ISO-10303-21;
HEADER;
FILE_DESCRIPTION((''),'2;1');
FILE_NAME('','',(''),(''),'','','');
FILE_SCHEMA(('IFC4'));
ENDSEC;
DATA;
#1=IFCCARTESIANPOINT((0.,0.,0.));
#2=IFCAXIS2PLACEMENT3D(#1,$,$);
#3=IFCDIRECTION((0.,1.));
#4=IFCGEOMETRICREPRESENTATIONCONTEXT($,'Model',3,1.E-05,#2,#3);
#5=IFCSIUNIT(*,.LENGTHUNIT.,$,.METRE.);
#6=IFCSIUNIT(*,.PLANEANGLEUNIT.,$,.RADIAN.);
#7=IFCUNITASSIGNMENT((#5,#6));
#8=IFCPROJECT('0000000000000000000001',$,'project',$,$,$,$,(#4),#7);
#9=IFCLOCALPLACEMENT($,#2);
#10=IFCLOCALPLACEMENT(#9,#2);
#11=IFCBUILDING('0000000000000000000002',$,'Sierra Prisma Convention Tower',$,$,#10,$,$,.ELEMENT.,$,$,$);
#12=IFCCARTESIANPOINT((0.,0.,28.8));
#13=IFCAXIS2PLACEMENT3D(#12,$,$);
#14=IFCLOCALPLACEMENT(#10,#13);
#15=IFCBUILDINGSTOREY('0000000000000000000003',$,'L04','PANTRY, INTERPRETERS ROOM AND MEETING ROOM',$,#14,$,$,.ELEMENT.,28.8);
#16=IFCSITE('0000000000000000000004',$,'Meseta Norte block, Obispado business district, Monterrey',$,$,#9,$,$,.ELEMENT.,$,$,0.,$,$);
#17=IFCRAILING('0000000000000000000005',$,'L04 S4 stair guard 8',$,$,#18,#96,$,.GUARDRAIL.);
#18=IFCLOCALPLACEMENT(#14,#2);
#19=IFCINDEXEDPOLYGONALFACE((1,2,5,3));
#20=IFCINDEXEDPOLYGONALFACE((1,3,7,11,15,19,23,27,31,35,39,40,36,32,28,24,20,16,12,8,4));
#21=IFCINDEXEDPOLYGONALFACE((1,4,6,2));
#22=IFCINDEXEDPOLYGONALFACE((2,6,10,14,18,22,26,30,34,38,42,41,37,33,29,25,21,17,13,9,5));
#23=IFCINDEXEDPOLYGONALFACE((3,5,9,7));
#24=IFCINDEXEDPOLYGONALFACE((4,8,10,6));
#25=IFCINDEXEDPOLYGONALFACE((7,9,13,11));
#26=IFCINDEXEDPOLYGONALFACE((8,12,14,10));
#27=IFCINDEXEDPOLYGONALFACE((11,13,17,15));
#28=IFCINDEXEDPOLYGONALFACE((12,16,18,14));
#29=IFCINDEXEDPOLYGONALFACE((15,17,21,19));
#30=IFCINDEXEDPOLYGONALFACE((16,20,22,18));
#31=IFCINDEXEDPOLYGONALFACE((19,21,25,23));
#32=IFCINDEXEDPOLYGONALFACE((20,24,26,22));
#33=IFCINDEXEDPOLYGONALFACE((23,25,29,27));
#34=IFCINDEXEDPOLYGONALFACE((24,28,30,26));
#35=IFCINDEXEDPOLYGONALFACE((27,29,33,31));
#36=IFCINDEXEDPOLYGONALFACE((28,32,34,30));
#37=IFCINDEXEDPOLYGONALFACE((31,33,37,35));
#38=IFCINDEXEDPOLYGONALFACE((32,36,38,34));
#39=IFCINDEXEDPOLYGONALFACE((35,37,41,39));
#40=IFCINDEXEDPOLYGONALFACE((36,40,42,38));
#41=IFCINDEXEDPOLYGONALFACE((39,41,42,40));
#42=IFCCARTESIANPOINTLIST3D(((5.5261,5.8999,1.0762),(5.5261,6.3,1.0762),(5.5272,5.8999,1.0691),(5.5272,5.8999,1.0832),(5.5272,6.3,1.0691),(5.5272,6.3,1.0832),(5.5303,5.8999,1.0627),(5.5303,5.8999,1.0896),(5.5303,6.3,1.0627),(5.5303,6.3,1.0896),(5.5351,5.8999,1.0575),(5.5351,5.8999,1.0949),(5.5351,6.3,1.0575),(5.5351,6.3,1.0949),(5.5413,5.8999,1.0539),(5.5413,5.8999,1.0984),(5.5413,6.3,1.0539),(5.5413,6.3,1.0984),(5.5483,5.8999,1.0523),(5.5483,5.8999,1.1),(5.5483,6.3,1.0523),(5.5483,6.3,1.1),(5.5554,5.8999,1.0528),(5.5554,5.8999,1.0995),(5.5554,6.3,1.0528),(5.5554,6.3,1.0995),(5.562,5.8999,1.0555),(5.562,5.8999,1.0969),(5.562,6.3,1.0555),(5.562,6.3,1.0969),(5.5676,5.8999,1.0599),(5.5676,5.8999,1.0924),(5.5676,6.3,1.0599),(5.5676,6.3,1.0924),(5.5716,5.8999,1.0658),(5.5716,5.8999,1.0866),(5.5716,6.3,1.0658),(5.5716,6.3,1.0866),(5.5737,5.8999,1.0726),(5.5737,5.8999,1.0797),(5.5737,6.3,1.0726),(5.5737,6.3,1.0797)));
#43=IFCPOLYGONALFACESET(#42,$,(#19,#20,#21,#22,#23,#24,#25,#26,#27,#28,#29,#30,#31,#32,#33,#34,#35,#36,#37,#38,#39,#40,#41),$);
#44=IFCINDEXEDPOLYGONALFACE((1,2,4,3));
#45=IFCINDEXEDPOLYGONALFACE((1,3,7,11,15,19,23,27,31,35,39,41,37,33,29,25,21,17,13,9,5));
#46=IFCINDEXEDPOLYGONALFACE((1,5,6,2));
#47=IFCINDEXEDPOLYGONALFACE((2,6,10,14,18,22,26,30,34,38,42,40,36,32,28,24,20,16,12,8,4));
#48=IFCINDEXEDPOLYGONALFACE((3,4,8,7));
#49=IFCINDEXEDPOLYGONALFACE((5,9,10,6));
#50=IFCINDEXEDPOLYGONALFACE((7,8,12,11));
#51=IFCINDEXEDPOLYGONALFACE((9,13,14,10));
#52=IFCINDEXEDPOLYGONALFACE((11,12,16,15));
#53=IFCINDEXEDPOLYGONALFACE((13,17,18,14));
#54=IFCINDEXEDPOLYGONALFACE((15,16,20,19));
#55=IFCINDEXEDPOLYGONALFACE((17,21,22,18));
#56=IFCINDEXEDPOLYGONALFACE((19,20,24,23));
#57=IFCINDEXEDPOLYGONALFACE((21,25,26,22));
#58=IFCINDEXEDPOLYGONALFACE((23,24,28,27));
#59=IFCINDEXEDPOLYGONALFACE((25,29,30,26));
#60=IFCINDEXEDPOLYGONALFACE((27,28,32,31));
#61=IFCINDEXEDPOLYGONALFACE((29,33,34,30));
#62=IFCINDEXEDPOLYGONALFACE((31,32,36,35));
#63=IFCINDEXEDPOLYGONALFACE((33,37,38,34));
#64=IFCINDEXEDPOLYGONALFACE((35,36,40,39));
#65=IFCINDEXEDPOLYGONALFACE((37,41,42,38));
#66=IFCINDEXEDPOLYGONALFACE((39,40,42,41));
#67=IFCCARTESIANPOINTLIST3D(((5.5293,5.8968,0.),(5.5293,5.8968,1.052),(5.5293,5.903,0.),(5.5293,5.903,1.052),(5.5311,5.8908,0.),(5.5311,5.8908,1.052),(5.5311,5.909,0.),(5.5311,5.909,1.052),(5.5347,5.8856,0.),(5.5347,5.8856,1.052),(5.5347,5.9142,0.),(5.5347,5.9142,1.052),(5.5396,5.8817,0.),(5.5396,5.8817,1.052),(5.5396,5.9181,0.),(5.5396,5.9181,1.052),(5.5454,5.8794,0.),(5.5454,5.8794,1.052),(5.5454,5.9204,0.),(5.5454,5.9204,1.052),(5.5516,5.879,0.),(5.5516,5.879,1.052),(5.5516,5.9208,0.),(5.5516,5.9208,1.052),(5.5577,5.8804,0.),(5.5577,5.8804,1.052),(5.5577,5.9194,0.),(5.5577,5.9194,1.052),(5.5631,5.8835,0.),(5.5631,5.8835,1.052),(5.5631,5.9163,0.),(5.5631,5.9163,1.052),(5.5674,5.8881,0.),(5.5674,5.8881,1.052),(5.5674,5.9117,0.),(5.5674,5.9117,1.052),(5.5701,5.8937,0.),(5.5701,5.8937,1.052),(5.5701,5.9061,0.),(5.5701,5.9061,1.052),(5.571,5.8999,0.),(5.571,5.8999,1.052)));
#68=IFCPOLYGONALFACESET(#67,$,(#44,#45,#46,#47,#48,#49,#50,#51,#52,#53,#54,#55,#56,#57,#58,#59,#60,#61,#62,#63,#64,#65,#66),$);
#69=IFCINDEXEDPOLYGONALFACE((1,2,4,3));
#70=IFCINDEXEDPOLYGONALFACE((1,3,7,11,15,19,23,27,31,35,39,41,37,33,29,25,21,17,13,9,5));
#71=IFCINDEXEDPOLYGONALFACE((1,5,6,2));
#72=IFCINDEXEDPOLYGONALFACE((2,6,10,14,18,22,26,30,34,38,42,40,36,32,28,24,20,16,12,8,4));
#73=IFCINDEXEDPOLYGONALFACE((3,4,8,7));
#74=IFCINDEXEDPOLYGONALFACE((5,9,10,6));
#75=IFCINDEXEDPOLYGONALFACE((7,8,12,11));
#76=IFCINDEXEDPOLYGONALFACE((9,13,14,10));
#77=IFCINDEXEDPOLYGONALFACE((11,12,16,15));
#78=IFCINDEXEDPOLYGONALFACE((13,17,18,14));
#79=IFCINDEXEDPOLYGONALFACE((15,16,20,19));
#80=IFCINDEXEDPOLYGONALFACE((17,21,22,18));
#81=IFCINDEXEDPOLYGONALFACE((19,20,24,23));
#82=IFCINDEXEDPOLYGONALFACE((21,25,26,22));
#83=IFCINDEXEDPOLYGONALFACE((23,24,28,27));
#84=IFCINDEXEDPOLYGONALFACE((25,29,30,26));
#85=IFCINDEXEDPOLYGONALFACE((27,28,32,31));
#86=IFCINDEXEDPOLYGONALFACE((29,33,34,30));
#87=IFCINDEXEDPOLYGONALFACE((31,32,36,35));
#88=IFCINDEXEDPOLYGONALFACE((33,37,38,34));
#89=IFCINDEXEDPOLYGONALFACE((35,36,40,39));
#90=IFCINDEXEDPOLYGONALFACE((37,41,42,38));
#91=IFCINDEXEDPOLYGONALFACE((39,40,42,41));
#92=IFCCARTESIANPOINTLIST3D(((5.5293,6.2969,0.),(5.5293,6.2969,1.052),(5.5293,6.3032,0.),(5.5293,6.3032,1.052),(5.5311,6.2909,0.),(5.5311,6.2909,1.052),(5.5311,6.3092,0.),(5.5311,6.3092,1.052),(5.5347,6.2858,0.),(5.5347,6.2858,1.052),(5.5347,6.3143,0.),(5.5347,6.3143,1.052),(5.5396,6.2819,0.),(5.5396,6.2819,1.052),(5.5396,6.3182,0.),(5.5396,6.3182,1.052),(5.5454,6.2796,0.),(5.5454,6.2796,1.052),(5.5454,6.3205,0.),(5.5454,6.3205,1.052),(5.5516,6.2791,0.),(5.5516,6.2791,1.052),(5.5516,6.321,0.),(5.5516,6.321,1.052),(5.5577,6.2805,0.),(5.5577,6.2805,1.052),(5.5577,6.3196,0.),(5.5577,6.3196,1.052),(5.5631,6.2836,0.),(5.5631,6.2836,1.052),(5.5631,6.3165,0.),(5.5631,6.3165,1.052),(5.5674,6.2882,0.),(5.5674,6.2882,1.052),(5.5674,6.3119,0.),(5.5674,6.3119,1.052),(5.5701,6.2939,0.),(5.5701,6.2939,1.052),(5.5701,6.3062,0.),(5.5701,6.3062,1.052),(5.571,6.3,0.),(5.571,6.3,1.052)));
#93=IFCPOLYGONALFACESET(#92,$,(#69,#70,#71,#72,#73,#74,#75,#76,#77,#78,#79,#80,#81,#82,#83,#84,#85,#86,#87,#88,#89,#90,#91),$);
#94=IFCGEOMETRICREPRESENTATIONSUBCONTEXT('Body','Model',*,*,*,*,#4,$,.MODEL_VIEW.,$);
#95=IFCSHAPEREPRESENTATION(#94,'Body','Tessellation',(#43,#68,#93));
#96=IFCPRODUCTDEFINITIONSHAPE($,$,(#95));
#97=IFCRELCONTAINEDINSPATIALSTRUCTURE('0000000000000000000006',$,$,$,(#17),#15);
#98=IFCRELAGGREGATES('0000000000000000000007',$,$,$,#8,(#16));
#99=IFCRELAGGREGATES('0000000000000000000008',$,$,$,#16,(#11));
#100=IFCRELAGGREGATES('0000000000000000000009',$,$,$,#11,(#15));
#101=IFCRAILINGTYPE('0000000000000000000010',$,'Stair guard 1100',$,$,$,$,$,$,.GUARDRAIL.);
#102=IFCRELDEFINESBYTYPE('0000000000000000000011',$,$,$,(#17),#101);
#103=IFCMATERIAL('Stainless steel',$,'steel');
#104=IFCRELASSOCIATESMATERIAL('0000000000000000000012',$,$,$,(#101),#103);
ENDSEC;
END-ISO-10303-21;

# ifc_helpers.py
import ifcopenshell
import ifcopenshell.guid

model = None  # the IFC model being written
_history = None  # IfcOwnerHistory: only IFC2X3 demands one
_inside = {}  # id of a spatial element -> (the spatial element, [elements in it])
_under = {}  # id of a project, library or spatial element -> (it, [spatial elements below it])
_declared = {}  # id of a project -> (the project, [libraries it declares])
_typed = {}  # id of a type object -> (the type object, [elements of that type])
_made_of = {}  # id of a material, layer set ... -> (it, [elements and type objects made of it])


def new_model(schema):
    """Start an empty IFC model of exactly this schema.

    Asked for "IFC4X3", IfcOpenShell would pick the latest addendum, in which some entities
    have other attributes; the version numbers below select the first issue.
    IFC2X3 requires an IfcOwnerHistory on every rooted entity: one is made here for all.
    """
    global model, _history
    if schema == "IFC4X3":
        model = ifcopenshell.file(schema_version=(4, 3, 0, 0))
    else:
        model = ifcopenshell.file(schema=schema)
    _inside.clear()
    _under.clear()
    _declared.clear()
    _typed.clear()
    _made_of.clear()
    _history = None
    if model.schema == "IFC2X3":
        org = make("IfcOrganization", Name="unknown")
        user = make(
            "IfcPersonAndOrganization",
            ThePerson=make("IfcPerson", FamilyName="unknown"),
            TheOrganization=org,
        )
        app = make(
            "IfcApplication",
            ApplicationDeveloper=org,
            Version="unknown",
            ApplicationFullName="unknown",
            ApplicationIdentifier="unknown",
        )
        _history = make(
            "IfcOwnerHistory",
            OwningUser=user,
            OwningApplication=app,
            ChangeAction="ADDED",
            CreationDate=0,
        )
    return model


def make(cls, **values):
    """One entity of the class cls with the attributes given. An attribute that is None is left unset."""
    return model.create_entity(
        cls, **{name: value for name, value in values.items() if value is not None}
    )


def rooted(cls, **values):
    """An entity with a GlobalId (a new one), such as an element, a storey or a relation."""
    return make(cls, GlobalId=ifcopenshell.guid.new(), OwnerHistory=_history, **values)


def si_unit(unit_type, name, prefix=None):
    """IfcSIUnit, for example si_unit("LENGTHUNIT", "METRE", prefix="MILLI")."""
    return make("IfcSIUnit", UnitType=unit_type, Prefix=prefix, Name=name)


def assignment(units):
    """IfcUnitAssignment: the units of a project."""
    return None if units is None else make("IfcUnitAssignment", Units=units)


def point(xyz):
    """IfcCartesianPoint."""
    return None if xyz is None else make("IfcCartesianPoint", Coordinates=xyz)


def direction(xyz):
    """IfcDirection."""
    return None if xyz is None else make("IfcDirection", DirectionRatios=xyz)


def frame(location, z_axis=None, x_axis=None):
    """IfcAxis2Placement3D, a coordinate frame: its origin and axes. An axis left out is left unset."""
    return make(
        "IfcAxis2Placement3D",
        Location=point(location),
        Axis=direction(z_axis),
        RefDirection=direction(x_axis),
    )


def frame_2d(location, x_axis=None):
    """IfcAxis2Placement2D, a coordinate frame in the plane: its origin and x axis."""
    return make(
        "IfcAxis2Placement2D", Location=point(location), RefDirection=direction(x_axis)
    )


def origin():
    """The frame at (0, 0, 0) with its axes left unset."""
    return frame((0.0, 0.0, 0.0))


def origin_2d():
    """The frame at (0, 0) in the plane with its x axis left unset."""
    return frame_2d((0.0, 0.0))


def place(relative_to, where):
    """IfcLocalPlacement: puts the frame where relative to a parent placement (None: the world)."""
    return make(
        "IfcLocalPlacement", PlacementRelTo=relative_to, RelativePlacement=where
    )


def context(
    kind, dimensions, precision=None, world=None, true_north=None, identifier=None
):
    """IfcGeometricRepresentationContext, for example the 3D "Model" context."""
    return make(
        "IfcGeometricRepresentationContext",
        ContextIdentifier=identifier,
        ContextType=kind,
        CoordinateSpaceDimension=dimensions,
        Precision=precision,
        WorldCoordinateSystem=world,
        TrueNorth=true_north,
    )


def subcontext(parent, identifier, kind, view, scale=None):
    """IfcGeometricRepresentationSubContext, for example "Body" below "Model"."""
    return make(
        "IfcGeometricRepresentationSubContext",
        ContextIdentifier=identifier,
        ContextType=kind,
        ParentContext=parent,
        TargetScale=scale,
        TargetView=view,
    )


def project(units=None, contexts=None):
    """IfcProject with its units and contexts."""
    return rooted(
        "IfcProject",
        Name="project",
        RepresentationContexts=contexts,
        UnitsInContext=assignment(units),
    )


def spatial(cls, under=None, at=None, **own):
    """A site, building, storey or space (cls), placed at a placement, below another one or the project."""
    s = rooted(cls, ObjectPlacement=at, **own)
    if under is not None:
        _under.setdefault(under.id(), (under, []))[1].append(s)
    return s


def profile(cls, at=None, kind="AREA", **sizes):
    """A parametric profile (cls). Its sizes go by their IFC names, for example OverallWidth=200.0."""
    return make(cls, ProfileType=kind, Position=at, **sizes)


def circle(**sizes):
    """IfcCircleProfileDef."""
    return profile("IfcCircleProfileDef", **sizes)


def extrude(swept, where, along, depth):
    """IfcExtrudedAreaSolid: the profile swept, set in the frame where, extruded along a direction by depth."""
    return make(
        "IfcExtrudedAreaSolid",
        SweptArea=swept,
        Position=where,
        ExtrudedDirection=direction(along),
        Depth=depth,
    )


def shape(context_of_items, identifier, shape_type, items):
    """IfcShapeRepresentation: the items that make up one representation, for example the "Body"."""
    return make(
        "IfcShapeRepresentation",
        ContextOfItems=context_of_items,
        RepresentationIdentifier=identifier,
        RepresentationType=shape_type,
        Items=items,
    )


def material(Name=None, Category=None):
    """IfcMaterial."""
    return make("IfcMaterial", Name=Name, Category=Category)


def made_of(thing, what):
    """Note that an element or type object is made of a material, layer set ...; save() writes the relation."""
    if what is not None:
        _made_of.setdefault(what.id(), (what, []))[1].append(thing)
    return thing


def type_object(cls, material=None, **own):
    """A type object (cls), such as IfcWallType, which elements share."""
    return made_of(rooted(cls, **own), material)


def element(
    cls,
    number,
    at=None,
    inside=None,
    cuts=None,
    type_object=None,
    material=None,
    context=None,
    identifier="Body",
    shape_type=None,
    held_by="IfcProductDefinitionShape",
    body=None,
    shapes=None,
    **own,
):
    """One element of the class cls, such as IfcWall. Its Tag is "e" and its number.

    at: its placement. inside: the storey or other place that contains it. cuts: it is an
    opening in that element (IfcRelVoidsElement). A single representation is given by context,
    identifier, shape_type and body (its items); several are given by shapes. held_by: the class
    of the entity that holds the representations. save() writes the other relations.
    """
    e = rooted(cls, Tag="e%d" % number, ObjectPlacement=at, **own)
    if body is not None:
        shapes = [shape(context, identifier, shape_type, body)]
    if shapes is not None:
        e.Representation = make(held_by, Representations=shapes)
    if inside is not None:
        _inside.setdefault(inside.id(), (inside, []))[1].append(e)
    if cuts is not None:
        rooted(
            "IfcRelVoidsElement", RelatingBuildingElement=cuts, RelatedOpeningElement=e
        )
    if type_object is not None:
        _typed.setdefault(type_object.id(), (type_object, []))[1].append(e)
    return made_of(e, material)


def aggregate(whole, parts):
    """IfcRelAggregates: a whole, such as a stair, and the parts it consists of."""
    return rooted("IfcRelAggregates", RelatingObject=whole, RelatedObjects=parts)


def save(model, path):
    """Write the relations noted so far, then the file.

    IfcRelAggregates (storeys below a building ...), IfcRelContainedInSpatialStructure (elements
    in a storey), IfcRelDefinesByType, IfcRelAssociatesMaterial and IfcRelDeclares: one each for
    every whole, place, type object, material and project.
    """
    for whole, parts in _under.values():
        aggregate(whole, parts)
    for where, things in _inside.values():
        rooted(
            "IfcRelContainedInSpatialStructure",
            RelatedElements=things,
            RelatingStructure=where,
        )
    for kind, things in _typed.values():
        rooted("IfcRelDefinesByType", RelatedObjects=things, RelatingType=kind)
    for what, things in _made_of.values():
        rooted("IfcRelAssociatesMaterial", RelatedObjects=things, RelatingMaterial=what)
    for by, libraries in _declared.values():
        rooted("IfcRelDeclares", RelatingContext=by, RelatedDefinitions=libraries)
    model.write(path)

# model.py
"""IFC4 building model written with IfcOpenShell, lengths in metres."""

from ifc_helpers import new_model, si_unit, direction, frame, origin, origin_2d, place, context, subcontext, project, spatial, circle, extrude, material, type_object, element, save


model = new_model("IFC4")

# Units and contexts
model_context = context("Model", 3, precision=1e-05, world=origin(), true_north=direction((0.0, 1.0)))
body_context = subcontext(model_context, "Body", "Model", "MODEL_VIEW")
ifc_project = project(units=[si_unit("LENGTHUNIT", "METRE"), si_unit("PLANEANGLEUNIT", "RADIAN")], contexts=[model_context])

# Site, building, storey
site_placement = place(None, origin())
site = spatial("IfcSite", under=ifc_project, at=site_placement, Name="Meseta Norte block, Obispado business district, Monterrey", CompositionType="ELEMENT", RefElevation=0.0)
building_placement = place(site_placement, origin())
building = spatial("IfcBuilding", under=site, at=building_placement, Name="Sierra Prisma Convention Tower", CompositionType="ELEMENT")
storey_placement = place(building_placement, frame((0.0, 0.0, 28.8)))
storey = spatial("IfcBuildingStorey", under=building, at=storey_placement, Name="L04", Description="PANTRY, INTERPRETERS ROOM AND MEETING ROOM", CompositionType="ELEMENT", Elevation=28.8)

# Railing
ifc_material_1 = material(Name="Stainless steel", Category="steel")
railing_type_1 = type_object("IfcRailingType", Name="Stair guard 1100", PredefinedType="GUARDRAIL", material=ifc_material_1)
for number, where, name in (
    (1, (5.55, 5.8999, 0.0), "L04 S4 stair guard 8"),
):
    element("IfcRailing", number, at=place(storey_placement, frame(where)), inside=storey, type_object=railing_type_1, Name=name, PredefinedType="GUARDRAIL", context=body_context, shape_type="SweptSolid", body=[
        extrude(circle(Radius=0.0239, at=origin_2d()), frame((0.0, 0.0, 1.0762), z_axis=(0.0, 1.0, 0.0), x_axis=(-1.0, 0.0, 0.0)), (0.0, 0.0, 1.0), 0.4001),
        extrude(circle(Radius=0.021, at=origin_2d()), origin(), (0.0, 0.0, 1.0), 1.052),
        extrude(circle(Radius=0.021, at=origin_2d()), frame((0.0, 0.4001, 0.0)), (0.0, 0.0, 1.0), 1.052),
    ])

save(model, "model.ifc")
